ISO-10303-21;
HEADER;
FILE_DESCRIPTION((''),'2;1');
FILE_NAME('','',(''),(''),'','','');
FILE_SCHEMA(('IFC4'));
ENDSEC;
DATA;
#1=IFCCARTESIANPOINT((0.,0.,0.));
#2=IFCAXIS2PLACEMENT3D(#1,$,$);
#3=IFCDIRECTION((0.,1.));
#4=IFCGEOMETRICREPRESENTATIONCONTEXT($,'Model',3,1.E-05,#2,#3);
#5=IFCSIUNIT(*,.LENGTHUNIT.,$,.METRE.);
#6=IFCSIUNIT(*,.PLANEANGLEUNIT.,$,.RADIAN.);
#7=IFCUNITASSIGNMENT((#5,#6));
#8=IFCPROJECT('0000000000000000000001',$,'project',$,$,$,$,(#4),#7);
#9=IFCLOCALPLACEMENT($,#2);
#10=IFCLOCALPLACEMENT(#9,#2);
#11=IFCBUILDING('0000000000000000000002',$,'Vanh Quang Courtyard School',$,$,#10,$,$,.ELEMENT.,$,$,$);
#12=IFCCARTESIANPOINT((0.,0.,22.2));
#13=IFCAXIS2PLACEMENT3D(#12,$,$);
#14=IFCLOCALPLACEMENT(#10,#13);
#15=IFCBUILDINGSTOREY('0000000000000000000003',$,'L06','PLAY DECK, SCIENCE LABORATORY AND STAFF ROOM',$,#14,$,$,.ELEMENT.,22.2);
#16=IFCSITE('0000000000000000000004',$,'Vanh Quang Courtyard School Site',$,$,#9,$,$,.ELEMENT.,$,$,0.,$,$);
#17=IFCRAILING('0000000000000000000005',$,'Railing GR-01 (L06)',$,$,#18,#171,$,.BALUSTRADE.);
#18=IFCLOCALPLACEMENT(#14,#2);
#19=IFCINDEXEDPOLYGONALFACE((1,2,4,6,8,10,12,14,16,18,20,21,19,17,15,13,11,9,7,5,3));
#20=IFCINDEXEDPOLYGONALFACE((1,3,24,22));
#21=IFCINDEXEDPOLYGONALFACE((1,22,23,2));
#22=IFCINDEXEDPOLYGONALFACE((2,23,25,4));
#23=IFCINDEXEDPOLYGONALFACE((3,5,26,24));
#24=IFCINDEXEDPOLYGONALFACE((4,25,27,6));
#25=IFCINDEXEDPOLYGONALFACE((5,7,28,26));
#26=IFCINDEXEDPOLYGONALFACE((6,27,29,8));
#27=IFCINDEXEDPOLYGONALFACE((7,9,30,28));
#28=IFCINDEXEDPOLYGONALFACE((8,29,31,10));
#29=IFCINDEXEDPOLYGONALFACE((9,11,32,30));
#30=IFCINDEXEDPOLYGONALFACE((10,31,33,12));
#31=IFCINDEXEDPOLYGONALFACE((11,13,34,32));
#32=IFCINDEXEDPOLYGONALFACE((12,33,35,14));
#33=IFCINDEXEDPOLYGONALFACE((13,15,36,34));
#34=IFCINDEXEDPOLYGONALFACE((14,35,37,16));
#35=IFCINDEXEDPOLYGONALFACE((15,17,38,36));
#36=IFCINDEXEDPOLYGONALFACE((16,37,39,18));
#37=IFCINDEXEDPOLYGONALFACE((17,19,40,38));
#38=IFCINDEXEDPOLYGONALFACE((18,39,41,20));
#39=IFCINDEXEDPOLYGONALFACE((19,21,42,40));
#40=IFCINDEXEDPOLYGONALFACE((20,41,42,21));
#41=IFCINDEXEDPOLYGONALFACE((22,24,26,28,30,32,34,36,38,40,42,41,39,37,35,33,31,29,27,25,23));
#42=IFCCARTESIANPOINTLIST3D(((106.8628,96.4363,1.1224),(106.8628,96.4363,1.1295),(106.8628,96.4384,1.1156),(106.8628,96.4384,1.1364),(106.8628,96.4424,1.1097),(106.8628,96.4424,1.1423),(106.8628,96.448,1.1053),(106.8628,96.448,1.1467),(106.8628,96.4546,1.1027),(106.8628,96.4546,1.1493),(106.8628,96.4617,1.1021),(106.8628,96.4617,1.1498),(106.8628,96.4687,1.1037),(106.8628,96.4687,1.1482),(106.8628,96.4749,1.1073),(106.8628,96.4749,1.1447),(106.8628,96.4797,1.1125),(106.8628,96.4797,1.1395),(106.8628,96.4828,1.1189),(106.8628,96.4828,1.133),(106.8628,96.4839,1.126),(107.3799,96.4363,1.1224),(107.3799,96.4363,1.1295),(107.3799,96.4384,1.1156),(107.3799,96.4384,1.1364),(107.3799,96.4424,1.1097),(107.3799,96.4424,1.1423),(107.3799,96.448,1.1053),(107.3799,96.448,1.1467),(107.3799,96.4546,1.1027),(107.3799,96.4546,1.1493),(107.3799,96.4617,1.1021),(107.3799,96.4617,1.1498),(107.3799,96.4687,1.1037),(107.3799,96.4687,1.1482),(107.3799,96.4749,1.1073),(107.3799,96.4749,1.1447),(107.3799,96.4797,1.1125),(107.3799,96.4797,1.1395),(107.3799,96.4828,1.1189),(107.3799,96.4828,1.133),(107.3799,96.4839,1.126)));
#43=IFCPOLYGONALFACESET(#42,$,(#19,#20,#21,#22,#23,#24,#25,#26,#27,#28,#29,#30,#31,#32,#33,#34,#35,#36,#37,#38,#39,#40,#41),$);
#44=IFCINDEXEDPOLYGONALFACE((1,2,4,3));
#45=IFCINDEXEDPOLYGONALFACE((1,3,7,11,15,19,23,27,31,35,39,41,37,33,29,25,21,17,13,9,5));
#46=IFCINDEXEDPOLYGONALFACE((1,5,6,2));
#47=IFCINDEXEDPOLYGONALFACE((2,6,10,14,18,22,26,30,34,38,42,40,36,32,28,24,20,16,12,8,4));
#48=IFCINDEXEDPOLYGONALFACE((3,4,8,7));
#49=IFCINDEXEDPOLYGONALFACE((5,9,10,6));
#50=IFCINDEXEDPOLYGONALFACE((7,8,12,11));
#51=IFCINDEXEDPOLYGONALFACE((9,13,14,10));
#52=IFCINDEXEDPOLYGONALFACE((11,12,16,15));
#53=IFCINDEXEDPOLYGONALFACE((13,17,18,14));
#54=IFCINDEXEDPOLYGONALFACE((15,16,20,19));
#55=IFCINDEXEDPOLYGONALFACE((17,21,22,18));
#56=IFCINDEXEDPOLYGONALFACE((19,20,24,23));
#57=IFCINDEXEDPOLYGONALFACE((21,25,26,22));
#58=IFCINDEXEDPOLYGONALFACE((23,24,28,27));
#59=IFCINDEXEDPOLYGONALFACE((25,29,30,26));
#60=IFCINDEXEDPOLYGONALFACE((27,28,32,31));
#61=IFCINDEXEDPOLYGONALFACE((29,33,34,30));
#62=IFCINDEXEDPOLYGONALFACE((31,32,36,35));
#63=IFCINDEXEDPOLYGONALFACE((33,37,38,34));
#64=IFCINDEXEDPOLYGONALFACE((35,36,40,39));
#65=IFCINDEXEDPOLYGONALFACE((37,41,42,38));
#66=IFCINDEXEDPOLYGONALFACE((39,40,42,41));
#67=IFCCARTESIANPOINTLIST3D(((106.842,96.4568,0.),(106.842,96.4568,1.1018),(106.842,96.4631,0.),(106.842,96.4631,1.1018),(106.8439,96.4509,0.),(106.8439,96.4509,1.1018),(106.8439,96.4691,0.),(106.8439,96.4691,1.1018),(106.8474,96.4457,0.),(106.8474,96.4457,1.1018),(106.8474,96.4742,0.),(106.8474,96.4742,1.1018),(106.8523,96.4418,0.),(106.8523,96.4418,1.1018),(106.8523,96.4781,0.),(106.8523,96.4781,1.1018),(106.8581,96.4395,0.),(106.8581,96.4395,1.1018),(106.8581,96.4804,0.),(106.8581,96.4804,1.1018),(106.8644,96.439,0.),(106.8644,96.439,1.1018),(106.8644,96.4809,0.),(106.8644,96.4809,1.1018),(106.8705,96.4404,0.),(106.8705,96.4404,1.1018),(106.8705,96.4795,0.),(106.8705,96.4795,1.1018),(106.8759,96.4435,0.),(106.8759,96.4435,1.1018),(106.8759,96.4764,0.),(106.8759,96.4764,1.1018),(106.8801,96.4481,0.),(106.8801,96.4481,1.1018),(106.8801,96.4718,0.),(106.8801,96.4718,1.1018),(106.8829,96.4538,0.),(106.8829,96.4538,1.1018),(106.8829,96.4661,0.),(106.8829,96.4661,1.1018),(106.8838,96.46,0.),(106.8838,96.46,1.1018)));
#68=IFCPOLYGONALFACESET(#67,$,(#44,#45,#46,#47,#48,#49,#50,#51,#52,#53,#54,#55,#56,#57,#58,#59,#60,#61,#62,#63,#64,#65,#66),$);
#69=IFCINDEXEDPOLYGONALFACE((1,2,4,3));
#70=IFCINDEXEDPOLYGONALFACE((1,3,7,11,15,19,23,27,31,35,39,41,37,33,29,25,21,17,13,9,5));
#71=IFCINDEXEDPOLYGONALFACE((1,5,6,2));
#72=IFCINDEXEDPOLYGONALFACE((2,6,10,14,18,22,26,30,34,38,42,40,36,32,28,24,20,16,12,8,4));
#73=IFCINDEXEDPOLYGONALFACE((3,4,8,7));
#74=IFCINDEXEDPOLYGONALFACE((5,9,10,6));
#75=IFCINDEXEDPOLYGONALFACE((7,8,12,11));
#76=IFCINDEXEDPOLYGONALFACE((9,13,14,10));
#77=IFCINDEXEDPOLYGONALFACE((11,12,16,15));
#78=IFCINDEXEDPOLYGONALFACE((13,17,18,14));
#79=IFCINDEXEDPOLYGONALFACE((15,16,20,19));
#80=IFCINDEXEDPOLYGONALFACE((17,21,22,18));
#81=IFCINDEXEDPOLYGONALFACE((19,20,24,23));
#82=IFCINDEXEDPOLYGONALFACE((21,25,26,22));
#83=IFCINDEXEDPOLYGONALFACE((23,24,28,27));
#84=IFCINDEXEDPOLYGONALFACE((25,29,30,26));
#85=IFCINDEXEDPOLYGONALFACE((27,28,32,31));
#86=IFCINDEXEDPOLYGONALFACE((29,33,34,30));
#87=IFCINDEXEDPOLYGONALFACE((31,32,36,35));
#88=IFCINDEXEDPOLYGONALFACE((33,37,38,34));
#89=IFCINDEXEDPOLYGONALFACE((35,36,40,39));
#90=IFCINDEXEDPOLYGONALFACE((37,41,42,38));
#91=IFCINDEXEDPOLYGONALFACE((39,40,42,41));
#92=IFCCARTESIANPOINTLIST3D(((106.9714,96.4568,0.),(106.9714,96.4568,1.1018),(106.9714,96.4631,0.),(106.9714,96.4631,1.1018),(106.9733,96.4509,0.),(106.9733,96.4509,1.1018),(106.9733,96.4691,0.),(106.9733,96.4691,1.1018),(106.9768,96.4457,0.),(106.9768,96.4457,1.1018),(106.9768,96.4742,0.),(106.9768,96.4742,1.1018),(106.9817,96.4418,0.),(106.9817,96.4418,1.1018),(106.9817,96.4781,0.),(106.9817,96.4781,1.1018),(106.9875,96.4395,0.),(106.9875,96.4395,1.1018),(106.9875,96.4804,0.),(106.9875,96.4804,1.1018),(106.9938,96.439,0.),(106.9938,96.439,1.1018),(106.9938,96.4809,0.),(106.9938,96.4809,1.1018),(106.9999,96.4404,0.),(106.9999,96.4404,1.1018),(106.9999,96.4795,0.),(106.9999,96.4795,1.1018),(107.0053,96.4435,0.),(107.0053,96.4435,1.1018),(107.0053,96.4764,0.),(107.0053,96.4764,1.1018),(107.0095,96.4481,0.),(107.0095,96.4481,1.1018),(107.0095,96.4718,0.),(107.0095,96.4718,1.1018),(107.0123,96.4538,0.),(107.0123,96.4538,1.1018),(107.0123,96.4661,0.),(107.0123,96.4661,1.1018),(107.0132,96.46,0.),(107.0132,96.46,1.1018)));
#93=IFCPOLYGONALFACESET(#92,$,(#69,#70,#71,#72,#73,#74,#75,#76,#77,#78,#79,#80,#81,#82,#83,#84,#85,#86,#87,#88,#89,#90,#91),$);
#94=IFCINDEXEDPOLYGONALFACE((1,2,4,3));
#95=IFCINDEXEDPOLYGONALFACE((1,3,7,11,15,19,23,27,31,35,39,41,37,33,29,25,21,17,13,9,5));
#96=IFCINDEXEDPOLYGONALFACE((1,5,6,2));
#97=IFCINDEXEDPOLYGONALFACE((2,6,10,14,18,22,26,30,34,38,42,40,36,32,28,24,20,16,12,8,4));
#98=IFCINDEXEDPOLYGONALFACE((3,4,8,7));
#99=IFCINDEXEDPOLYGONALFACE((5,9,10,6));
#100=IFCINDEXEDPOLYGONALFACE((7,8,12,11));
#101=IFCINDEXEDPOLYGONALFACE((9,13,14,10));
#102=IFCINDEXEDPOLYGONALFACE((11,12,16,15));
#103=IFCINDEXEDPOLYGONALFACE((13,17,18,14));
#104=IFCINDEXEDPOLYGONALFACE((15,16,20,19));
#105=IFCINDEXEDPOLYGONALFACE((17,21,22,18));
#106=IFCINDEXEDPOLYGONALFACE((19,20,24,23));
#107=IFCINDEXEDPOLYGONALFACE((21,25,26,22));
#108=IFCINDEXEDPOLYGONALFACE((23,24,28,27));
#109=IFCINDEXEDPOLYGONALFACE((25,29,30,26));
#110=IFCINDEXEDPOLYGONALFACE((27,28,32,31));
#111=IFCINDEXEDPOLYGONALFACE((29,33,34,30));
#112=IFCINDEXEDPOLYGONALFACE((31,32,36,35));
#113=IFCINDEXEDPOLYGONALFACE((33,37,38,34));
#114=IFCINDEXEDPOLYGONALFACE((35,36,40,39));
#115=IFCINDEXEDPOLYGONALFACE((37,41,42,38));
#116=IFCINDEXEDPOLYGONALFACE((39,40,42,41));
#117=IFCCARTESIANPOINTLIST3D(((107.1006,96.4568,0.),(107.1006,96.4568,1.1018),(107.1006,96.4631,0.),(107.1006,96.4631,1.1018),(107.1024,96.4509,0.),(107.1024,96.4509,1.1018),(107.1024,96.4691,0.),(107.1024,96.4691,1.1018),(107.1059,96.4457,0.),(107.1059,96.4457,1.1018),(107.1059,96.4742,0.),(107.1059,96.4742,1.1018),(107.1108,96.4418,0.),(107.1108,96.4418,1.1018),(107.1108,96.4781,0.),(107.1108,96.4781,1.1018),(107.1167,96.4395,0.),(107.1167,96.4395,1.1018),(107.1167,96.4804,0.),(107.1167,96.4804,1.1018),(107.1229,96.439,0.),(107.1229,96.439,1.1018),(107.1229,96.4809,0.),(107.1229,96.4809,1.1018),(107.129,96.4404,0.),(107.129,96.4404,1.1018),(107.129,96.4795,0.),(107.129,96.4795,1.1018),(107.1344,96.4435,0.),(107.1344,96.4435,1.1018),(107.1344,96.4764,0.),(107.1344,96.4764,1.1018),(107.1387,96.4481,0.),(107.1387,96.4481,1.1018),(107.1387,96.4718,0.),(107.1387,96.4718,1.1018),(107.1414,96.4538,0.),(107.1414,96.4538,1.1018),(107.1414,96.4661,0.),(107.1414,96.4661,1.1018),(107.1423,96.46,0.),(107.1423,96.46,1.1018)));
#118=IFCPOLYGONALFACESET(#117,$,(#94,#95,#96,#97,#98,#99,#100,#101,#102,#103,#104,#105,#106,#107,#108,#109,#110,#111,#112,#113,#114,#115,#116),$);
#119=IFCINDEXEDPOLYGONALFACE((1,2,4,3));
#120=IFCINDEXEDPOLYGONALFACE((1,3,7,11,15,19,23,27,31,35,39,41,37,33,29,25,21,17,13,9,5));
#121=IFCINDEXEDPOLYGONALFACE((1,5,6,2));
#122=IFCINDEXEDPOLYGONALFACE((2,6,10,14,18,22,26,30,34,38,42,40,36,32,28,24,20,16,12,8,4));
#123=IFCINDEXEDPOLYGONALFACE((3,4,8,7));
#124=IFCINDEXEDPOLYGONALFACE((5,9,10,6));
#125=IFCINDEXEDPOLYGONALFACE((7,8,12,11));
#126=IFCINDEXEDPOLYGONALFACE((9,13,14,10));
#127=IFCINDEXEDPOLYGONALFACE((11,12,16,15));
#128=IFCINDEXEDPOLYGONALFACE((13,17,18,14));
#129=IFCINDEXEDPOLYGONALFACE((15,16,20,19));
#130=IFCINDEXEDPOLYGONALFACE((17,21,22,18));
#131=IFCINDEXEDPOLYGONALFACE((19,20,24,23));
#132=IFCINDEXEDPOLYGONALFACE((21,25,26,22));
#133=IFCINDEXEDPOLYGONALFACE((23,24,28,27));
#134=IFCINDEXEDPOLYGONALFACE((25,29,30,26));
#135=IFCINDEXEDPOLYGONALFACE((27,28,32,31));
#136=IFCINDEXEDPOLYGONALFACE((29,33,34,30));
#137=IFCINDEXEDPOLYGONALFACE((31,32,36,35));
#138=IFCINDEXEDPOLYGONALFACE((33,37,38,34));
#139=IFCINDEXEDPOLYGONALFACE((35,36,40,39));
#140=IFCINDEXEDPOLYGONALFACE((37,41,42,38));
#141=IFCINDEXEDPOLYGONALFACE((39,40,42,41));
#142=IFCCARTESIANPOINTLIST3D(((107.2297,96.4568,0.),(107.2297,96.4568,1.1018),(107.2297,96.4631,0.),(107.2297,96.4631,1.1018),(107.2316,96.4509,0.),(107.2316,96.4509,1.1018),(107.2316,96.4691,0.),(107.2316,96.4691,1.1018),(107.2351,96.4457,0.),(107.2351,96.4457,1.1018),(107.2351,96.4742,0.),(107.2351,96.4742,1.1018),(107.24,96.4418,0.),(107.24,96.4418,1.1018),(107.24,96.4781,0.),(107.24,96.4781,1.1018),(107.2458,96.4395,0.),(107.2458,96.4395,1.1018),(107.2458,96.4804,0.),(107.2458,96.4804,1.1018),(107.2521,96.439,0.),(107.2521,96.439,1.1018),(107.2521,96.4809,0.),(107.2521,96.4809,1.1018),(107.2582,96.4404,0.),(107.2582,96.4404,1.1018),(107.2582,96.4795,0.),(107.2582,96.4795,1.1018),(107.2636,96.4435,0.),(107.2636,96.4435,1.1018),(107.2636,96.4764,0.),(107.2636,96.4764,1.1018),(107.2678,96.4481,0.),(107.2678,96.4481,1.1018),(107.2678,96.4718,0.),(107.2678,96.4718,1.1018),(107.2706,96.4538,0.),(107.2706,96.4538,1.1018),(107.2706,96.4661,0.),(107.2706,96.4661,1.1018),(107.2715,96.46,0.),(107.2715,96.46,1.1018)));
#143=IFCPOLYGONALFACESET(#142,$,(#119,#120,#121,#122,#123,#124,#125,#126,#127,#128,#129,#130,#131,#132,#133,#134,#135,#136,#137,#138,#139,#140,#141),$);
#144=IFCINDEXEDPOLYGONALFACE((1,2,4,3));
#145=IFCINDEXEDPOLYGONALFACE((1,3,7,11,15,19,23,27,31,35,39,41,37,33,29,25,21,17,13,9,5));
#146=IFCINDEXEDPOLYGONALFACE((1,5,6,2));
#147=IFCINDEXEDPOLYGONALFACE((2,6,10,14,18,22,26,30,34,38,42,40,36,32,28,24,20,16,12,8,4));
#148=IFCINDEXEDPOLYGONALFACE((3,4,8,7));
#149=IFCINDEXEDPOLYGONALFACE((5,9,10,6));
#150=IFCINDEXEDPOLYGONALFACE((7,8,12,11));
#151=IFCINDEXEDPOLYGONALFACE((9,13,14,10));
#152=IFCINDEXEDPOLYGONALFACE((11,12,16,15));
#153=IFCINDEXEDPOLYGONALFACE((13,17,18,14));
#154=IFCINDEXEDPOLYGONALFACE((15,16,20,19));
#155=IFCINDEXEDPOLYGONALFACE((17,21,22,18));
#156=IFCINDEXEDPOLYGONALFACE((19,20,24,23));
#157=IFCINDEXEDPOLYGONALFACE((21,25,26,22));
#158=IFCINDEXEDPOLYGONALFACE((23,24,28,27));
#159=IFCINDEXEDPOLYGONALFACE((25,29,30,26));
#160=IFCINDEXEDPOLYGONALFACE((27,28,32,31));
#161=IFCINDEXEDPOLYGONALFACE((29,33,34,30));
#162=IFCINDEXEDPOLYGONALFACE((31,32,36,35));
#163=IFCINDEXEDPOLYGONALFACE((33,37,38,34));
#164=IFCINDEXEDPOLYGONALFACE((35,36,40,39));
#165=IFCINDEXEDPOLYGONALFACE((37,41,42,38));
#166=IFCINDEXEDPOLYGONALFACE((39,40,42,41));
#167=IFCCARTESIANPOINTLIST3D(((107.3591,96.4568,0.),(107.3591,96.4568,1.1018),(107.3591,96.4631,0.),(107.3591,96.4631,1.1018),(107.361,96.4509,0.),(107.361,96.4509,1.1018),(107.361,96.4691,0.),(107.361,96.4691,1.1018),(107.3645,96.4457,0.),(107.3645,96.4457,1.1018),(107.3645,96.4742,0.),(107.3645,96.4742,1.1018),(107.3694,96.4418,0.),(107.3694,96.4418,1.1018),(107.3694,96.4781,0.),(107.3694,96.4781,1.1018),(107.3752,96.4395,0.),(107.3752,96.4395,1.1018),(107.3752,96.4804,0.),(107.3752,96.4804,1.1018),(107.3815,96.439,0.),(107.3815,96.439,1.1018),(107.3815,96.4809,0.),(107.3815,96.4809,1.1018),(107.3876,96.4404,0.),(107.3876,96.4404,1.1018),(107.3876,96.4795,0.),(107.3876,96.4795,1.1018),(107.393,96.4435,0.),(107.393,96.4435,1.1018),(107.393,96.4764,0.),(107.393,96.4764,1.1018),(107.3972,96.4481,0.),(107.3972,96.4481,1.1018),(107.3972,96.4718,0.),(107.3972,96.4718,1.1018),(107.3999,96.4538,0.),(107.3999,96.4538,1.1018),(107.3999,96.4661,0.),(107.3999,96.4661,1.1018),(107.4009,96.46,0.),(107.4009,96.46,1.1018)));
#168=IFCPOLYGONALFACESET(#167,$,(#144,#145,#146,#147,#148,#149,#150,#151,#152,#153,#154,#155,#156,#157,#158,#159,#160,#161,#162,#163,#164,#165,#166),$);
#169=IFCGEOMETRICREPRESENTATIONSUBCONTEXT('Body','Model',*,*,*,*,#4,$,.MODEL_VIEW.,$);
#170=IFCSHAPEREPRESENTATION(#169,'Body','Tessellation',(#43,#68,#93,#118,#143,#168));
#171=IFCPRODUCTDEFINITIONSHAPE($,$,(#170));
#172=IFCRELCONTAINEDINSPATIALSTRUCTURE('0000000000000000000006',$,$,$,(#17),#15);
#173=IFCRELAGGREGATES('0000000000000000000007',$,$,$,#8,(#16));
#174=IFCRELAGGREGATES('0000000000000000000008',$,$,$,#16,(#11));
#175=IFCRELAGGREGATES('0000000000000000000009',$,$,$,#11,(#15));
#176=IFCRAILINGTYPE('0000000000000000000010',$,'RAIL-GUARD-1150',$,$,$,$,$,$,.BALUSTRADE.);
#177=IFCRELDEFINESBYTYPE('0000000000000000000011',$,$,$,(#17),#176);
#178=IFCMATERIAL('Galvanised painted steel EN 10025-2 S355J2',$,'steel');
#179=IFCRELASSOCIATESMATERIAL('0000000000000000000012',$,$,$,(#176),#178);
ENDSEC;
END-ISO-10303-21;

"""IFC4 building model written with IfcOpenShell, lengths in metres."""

from ifc_helpers import new_model, si_unit, direction, frame, origin, origin_2d, place, context, subcontext, project, spatial, circle, extrude, material, type_object, element, save


model = new_model("IFC4")

# Units and contexts
model_context = context("Model", 3, precision=1e-05, world=origin(), true_north=direction((0.0, 1.0)))
body_context = subcontext(model_context, "Body", "Model", "MODEL_VIEW")
ifc_project = project(units=[si_unit("LENGTHUNIT", "METRE"), si_unit("PLANEANGLEUNIT", "RADIAN")], contexts=[model_context])

# Site, building, storey
site_placement = place(None, origin())
site = spatial("IfcSite", under=ifc_project, at=site_placement, Name="Vanh Quang Courtyard School Site", CompositionType="ELEMENT", RefElevation=0.0)
building_placement = place(site_placement, origin())
building = spatial("IfcBuilding", under=site, at=building_placement, Name="Vanh Quang Courtyard School", CompositionType="ELEMENT")
storey_placement = place(building_placement, frame((0.0, 0.0, 22.2)))
storey = spatial("IfcBuildingStorey", under=building, at=storey_placement, Name="L06", Description="PLAY DECK, SCIENCE LABORATORY AND STAFF ROOM", CompositionType="ELEMENT", Elevation=22.2)

# Railing
ifc_material_1 = material(Name="Galvanised painted steel EN 10025-2 S355J2", Category="steel")
railing_type = type_object("IfcRailingType", Name="RAIL-GUARD-1150", PredefinedType="BALUSTRADE", material=ifc_material_1)
railing_1_placement = place(storey_placement, frame((106.8628, 96.46, 0.0)))
element("IfcRailing", 1, at=railing_1_placement, inside=storey, type_object=railing_type, Name="Railing GR-01 (L06)", PredefinedType="BALUSTRADE", context=body_context, shape_type="SweptSolid", body=[
    extrude(circle(Radius=0.0239, at=origin_2d()), frame((0.0, 0.0, 1.126), z_axis=(1.0, 0.0, 0.0), x_axis=(0.0, 1.0, 0.0)), (0.0, 0.0, 1.0), 0.5171),
    extrude(circle(Radius=0.021, at=origin_2d()), origin(), (0.0, 0.0, 1.0), 1.1018),
    extrude(circle(Radius=0.021, at=origin_2d()), frame((0.1294, 0.0, 0.0)), (0.0, 0.0, 1.0), 1.1018),
    extrude(circle(Radius=0.021, at=origin_2d()), frame((0.2585, 0.0, 0.0)), (0.0, 0.0, 1.0), 1.1018),
    extrude(circle(Radius=0.021, at=origin_2d()), frame((0.3877, 0.0, 0.0)), (0.0, 0.0, 1.0), 1.1018),
    extrude(circle(Radius=0.021, at=origin_2d()), frame((0.5171, 0.0, 0.0)), (0.0, 0.0, 1.0), 1.1018),
])

save(model, "model.ifc")
